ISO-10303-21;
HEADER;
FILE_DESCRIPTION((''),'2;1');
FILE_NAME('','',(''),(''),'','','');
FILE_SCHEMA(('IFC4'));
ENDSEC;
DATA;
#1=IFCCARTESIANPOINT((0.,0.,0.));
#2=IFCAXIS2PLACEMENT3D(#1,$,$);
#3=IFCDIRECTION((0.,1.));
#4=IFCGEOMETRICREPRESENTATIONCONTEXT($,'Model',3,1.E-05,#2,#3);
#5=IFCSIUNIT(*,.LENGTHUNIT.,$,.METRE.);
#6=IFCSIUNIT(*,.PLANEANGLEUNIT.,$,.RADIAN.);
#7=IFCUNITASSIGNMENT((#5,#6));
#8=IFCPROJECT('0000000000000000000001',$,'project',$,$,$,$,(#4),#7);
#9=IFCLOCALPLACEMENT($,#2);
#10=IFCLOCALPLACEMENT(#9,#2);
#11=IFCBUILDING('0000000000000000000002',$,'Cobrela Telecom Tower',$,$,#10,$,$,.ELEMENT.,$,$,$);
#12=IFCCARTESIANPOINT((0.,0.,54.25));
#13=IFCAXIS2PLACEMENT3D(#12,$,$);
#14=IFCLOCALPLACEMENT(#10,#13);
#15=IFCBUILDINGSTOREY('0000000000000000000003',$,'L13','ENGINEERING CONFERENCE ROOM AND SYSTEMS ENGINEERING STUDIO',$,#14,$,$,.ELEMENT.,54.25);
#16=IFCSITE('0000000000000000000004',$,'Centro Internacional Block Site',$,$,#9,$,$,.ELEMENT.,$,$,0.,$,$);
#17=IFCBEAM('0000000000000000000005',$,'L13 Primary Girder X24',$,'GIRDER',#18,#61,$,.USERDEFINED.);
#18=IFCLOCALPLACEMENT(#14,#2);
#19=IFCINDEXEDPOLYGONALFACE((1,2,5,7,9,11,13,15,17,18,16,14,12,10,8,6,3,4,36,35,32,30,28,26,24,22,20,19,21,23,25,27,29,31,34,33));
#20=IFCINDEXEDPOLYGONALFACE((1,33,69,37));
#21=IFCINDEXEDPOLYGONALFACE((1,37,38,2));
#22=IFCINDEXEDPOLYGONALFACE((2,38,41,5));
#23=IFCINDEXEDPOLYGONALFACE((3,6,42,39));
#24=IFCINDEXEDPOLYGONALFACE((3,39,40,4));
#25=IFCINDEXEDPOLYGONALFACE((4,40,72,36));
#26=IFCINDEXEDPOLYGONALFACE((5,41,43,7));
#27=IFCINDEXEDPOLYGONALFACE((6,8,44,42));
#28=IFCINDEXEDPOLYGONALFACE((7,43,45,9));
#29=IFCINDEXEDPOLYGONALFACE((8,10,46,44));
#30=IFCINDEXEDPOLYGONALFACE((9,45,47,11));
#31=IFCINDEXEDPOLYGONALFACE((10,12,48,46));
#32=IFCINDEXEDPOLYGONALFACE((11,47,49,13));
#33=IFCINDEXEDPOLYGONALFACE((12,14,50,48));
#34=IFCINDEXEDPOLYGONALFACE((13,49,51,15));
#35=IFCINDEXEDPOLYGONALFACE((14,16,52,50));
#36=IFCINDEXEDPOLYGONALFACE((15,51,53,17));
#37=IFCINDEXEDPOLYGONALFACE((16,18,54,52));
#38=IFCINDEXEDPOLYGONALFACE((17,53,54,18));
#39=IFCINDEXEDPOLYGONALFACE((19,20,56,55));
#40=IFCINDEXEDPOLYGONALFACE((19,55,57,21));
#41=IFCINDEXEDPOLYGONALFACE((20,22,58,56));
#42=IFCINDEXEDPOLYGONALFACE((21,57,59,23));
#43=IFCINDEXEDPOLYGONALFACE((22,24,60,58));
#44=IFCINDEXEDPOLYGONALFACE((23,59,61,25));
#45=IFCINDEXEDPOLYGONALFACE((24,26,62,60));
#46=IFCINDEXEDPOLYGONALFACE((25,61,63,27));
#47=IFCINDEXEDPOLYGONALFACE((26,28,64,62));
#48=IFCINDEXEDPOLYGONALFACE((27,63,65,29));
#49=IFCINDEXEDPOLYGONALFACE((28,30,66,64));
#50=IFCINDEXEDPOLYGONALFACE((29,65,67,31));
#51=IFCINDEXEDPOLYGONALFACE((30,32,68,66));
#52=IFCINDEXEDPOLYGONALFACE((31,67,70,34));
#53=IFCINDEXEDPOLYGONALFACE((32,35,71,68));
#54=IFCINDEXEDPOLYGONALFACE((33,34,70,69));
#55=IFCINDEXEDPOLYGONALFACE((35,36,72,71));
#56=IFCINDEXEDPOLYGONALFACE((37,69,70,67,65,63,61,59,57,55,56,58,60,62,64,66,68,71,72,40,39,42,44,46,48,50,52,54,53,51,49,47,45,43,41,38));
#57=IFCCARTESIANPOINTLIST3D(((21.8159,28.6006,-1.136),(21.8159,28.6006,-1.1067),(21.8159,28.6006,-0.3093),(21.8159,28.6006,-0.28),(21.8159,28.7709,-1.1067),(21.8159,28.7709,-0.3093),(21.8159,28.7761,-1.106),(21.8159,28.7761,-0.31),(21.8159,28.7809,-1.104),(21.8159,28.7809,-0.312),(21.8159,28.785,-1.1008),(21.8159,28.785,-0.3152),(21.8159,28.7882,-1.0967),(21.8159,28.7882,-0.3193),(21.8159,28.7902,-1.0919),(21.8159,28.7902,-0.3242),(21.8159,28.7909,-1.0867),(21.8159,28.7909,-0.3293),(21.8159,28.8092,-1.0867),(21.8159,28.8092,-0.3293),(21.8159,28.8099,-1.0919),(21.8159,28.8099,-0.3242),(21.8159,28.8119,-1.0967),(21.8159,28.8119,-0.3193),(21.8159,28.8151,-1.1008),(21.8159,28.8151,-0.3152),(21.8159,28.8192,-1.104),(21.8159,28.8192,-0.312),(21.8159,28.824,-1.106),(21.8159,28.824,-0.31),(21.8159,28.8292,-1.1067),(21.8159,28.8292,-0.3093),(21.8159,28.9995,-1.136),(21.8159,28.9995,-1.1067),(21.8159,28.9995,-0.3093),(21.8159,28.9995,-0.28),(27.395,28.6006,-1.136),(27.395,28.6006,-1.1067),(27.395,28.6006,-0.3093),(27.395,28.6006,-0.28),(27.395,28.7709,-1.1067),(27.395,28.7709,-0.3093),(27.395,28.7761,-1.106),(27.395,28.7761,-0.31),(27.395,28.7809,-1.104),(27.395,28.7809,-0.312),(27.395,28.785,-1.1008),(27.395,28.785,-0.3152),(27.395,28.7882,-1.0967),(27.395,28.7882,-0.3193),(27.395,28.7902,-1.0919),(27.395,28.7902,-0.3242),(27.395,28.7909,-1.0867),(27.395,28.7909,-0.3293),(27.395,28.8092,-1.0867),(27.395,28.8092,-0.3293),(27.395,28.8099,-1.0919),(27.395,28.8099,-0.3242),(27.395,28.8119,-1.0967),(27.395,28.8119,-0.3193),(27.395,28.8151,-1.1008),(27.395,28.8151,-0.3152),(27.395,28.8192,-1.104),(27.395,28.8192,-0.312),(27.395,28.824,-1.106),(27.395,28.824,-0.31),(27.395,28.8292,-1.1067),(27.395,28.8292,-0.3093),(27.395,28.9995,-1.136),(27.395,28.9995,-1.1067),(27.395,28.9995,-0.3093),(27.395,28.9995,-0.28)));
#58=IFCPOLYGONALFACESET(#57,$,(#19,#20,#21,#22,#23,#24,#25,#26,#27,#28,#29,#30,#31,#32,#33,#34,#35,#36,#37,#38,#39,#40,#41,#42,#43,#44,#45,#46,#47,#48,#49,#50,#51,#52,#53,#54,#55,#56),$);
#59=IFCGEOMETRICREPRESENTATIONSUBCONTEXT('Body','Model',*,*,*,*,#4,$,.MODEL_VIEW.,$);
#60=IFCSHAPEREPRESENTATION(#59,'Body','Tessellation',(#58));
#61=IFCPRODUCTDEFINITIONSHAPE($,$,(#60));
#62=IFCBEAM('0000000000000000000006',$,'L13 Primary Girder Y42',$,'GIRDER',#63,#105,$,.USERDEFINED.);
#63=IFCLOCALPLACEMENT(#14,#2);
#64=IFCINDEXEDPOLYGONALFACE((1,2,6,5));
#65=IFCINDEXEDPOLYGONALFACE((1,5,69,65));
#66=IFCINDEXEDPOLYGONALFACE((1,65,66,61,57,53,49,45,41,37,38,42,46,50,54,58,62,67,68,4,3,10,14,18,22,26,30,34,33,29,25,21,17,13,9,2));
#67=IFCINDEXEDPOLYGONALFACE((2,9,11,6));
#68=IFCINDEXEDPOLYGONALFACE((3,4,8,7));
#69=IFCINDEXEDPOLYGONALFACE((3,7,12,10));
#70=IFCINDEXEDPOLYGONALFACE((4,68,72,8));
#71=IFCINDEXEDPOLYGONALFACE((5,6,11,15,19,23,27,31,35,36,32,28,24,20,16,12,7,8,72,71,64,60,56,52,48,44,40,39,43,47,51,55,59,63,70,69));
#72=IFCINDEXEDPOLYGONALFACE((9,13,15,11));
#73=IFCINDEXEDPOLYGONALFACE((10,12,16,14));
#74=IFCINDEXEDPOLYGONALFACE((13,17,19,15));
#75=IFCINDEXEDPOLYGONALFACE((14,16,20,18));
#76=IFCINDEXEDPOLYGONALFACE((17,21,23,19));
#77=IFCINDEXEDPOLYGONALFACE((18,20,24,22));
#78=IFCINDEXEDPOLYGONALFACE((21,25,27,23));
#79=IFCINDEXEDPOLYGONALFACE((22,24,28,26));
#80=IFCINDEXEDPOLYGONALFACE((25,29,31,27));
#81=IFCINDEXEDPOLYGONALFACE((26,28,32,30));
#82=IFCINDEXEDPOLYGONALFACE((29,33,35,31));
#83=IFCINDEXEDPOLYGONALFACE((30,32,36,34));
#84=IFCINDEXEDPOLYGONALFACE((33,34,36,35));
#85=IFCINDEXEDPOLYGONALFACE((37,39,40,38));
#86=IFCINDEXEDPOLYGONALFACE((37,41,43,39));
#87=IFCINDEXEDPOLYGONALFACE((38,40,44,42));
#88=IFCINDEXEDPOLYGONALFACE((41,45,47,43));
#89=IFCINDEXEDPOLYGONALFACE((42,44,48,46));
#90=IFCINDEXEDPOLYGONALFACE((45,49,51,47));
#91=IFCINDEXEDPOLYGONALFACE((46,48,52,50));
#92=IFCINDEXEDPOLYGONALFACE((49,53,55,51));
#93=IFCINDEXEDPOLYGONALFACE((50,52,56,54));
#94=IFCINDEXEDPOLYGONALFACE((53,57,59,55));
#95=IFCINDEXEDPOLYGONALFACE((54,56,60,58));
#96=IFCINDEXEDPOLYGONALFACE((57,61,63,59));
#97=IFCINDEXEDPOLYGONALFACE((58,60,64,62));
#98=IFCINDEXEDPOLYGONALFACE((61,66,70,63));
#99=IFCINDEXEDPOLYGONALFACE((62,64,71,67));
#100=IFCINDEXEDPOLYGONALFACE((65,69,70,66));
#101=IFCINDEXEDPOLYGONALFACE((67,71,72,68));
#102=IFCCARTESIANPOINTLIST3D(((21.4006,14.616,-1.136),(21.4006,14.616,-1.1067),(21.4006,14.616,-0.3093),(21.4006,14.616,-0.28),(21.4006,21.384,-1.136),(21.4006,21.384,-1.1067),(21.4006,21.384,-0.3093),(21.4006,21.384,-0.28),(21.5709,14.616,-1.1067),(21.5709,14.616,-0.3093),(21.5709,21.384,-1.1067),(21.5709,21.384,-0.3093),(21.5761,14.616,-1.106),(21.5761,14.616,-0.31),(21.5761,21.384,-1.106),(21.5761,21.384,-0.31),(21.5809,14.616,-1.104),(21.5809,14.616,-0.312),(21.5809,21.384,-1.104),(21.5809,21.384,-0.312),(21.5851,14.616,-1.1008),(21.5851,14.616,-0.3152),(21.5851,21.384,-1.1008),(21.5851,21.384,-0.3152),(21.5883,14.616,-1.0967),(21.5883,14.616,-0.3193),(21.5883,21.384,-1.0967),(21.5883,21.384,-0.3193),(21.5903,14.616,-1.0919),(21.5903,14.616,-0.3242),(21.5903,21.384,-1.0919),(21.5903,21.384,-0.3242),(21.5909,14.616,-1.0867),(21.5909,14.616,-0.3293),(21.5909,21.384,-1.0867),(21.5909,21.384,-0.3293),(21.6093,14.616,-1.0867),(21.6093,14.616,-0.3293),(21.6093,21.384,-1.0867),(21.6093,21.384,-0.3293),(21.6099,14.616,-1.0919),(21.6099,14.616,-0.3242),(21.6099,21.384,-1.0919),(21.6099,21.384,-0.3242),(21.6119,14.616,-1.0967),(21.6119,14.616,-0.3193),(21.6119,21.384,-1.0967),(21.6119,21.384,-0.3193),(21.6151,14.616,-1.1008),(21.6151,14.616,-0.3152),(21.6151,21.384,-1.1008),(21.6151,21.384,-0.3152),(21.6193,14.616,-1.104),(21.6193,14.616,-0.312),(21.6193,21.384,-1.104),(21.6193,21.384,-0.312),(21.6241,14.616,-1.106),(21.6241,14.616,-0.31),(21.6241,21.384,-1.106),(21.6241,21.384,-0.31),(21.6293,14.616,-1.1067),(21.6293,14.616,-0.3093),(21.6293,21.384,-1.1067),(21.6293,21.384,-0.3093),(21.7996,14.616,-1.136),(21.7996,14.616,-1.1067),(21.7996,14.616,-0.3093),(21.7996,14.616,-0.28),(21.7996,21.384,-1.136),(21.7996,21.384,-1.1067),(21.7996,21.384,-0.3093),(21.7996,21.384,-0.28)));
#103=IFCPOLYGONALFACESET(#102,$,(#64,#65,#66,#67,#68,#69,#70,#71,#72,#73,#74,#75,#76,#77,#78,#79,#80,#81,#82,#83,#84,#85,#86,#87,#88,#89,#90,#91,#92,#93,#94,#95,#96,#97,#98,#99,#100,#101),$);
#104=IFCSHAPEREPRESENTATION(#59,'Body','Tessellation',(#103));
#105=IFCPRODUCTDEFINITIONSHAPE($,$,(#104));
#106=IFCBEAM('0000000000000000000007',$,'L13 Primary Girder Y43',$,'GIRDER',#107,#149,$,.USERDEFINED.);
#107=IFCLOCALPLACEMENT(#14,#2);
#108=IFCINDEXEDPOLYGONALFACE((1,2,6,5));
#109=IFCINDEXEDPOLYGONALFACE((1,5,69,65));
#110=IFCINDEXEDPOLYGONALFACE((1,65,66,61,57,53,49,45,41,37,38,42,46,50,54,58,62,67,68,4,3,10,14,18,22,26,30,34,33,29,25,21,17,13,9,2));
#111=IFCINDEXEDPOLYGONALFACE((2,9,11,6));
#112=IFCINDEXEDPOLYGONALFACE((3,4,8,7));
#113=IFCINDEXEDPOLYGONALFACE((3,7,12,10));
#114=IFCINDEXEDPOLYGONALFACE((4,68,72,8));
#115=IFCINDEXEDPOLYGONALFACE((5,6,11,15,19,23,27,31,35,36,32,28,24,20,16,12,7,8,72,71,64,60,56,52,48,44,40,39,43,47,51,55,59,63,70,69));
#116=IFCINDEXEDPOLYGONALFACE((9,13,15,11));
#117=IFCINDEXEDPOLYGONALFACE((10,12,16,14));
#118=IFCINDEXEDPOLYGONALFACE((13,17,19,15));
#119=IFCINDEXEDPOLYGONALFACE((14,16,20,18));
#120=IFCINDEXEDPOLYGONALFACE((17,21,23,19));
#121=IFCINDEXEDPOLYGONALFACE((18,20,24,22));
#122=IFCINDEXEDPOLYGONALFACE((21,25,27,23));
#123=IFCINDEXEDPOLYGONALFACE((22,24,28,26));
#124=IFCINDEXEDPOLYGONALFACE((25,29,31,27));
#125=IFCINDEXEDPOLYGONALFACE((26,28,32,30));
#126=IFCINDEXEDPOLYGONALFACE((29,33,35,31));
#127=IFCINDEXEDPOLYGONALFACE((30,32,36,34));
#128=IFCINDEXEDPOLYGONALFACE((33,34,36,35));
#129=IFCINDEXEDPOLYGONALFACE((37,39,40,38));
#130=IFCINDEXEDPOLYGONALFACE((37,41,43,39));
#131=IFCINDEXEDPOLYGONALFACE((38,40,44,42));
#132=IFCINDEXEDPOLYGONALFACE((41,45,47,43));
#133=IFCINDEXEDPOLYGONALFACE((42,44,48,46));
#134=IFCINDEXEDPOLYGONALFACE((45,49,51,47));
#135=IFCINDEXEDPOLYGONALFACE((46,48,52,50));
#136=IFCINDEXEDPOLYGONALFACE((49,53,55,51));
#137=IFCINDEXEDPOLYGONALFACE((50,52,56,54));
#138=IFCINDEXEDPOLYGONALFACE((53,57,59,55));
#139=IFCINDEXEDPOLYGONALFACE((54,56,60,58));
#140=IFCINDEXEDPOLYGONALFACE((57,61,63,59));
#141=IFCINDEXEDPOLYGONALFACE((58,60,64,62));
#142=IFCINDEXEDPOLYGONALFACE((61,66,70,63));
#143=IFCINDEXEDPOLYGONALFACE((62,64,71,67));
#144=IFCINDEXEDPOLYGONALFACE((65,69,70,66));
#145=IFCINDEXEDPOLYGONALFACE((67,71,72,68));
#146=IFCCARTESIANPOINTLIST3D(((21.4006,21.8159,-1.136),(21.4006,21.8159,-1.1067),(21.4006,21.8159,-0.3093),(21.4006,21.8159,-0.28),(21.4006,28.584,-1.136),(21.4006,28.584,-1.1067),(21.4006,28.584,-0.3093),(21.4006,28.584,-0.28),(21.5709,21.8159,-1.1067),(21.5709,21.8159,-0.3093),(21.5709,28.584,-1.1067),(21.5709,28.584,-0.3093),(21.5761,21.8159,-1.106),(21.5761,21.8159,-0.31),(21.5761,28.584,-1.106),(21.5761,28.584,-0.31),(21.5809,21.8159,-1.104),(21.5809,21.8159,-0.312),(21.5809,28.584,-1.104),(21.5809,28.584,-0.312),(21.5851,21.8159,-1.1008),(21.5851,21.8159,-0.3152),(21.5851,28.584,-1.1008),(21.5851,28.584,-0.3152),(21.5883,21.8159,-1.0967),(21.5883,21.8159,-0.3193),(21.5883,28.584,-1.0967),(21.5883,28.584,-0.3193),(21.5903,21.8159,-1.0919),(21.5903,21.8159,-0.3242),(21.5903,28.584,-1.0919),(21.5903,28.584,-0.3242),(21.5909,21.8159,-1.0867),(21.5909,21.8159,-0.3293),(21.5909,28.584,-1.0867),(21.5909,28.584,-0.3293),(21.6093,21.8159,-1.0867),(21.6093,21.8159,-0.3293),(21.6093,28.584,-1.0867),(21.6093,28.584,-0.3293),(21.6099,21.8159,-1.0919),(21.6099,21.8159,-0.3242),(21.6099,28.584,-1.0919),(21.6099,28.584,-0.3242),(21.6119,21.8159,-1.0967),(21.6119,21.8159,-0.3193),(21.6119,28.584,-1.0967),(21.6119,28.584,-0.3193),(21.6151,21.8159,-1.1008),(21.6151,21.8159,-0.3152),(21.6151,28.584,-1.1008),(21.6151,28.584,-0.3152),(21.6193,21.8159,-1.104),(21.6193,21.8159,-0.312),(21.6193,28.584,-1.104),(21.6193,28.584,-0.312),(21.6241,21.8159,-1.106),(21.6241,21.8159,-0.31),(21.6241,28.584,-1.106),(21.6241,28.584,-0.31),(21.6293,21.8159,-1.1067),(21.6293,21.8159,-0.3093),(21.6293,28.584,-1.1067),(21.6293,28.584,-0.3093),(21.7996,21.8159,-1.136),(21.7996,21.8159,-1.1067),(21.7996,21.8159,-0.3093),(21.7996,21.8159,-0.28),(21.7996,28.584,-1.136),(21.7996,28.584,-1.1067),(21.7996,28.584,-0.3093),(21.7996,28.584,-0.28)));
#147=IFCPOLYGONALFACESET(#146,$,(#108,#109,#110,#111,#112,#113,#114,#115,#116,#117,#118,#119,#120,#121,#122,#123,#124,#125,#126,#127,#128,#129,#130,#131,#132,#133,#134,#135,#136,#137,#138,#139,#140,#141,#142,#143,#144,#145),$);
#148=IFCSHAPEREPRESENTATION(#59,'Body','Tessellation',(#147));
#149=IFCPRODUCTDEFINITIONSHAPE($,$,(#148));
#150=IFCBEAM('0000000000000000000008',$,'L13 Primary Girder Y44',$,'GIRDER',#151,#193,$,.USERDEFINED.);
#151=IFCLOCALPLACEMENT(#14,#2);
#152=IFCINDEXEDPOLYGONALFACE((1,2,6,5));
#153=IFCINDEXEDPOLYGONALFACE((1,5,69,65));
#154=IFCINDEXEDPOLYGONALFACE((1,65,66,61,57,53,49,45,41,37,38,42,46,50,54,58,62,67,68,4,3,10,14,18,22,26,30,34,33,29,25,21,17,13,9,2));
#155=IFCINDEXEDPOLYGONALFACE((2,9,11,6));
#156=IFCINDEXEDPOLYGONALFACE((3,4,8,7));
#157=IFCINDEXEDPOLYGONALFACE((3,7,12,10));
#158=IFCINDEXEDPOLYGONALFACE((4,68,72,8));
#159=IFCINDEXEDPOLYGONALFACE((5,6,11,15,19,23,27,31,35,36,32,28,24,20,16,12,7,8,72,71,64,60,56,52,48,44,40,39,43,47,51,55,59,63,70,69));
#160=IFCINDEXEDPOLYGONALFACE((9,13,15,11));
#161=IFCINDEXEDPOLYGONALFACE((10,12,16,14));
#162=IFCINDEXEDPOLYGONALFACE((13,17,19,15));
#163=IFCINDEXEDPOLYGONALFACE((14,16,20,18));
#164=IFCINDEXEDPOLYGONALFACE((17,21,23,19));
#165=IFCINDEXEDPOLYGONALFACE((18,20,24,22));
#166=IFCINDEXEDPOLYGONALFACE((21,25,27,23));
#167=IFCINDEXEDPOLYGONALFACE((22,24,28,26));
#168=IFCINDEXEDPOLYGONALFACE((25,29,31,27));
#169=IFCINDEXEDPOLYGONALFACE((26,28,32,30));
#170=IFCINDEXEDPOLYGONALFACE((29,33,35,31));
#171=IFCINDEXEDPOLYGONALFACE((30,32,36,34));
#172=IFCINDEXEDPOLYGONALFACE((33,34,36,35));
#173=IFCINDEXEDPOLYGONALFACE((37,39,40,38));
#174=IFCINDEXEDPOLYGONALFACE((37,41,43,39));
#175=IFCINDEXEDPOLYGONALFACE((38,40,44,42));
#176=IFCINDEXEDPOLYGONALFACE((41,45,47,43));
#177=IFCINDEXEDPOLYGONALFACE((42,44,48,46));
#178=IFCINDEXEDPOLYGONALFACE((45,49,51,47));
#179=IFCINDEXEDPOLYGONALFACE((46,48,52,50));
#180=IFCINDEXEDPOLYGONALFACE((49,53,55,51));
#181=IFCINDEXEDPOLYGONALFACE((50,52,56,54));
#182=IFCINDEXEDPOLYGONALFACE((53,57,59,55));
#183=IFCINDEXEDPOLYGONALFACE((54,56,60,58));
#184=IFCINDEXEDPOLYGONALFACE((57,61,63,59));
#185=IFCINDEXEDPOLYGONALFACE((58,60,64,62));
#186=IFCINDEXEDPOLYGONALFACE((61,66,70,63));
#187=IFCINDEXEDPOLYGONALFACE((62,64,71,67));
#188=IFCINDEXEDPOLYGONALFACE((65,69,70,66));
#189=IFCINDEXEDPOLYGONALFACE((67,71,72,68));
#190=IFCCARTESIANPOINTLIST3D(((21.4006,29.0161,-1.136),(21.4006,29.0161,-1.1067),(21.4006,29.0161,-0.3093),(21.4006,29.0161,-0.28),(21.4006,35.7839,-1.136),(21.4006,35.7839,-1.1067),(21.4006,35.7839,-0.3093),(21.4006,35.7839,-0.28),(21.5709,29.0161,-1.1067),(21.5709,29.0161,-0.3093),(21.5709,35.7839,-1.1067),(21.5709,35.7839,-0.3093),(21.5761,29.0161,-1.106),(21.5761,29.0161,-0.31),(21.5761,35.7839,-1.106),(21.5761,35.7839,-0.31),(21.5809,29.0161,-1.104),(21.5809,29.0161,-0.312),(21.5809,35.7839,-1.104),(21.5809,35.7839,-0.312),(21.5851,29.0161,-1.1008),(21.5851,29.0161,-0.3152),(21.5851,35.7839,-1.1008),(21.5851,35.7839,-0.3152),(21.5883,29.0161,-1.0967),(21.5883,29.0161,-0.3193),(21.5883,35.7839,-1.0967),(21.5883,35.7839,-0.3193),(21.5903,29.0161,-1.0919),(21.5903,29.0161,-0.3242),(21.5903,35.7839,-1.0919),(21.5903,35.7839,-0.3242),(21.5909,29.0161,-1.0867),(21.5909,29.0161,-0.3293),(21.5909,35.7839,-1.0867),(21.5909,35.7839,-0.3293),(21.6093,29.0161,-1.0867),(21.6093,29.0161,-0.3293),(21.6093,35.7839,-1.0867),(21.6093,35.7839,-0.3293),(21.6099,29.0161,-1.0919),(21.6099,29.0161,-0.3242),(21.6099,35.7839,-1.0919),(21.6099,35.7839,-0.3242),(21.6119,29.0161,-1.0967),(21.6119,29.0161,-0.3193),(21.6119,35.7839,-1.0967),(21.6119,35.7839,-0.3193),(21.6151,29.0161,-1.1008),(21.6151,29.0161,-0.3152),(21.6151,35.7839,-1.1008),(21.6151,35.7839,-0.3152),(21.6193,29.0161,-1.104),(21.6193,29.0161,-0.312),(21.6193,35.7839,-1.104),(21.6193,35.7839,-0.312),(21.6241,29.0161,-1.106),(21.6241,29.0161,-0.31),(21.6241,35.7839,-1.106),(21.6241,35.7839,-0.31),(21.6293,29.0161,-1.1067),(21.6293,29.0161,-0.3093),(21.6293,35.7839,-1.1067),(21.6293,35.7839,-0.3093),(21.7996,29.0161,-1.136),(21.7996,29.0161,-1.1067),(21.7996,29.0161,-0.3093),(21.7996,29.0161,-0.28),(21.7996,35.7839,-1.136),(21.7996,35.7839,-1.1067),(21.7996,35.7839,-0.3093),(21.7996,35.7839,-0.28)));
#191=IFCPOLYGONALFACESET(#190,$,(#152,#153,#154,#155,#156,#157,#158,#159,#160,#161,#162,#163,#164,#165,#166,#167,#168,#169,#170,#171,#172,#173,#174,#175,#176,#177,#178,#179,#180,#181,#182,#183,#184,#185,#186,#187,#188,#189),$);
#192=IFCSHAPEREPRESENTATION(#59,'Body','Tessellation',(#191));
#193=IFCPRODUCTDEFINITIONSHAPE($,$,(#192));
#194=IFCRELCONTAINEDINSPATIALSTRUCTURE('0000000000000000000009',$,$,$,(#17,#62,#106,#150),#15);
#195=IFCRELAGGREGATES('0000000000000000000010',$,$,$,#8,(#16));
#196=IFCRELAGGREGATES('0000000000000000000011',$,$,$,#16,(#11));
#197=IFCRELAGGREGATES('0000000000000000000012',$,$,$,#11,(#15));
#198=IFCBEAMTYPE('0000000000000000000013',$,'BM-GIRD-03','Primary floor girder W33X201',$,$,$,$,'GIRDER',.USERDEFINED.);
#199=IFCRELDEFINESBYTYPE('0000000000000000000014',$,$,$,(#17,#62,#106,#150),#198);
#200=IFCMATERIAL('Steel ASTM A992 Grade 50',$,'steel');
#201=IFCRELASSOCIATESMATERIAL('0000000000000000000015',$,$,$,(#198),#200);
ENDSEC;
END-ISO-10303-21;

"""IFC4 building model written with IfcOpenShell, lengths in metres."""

from ifc_helpers import new_model, si_unit, direction, frame, origin, origin_2d, place, context, subcontext, project, spatial, i_section, extrude, material, material_profile, profile_set, type_object, element, save


model = new_model("IFC4")

# Units and contexts
model_context = context("Model", 3, precision=1e-05, world=origin(), true_north=direction((0.0, 1.0)))
body_context = subcontext(model_context, "Body", "Model", "MODEL_VIEW")
ifc_project = project(units=[si_unit("LENGTHUNIT", "METRE"), si_unit("PLANEANGLEUNIT", "RADIAN")], contexts=[model_context])

# Site, building, storey
site_placement = place(None, origin())
site = spatial("IfcSite", under=ifc_project, at=site_placement, Name="Centro Internacional Block Site", CompositionType="ELEMENT", RefElevation=0.0)
building_placement = place(site_placement, origin())
building = spatial("IfcBuilding", under=site, at=building_placement, Name="Cobrela Telecom Tower", CompositionType="ELEMENT")
storey_placement = place(building_placement, frame((0.0, 0.0, 54.25)))
storey = spatial("IfcBuildingStorey", under=building, at=storey_placement, Name="L13", Description="ENGINEERING CONFERENCE ROOM AND SYSTEMS ENGINEERING STUDIO", CompositionType="ELEMENT", Elevation=54.25)

# Shared definitions
ifc_material_1 = material(Name="Steel ASTM A992 Grade 50", Category="steel")

# Beams
ifc_material_profile_1 = material_profile(ifc_material_1, i_section(OverallWidth=0.3989, OverallDepth=0.856, WebThickness=0.0183, FlangeThickness=0.0293, FilletRadius=0.02, at=origin_2d()), Name="W33X201")
ifc_profile_set_1 = profile_set([ifc_material_profile_1], Name="Steel ASTM A992 Grade 50")
beam_type_1 = type_object("IfcBeamType", Name="BM-GIRD-03", Description="Primary floor girder W33X201", ElementType="GIRDER", PredefinedType="USERDEFINED", material=ifc_profile_set_1)
beam_1_placement = place(storey_placement, frame((21.8159, 28.8, -0.708), z_axis=(1.0, 0.0, 0.0), x_axis=(0.0, 1.0, 0.0)))
element("IfcBeam", 1, at=beam_1_placement, inside=storey, type_object=beam_type_1, Name="L13 Primary Girder X24", ObjectType="GIRDER", PredefinedType="USERDEFINED", context=body_context, shape_type="SweptSolid", body=[
    extrude(i_section(OverallWidth=0.3989, OverallDepth=0.856, WebThickness=0.0183, FlangeThickness=0.0293, FilletRadius=0.02, at=origin_2d()), origin(), (0.0, 0.0, 1.0), 5.5791),
])
for number, where, z_axis, x_axis, name in (
    (2, (21.6001, 14.616, -0.708), (0.0, 1.0, 0.0), (-1.0, 0.0, 0.0), "L13 Primary Girder Y42"),
    (3, (21.6001, 21.8159, -0.708), (0.0, 1.0, 0.0), (-1.0, 0.0, 0.0), "L13 Primary Girder Y43"),
):
    element("IfcBeam", number, at=place(storey_placement, frame(where, z_axis=z_axis, x_axis=x_axis)), inside=storey, type_object=beam_type_1, Name=name, ObjectType="GIRDER", PredefinedType="USERDEFINED", context=body_context, shape_type="SweptSolid", body=[
        extrude(i_section(OverallWidth=0.3989, OverallDepth=0.856, WebThickness=0.0183, FlangeThickness=0.0293, FilletRadius=0.02, at=origin_2d()), origin(), (0.0, 0.0, 1.0), 6.7681),
    ])
beam_2_placement = place(storey_placement, frame((21.6001, 29.0161, -0.708), z_axis=(0.0, 1.0, 0.0), x_axis=(-1.0, 0.0, 0.0)))
element("IfcBeam", 4, at=beam_2_placement, inside=storey, type_object=beam_type_1, Name="L13 Primary Girder Y44", ObjectType="GIRDER", PredefinedType="USERDEFINED", context=body_context, shape_type="SweptSolid", body=[
    extrude(i_section(OverallWidth=0.3989, OverallDepth=0.856, WebThickness=0.0183, FlangeThickness=0.0293, FilletRadius=0.02, at=origin_2d()), origin(), (0.0, 0.0, 1.0), 6.7678),
])

save(model, "model.ifc")
